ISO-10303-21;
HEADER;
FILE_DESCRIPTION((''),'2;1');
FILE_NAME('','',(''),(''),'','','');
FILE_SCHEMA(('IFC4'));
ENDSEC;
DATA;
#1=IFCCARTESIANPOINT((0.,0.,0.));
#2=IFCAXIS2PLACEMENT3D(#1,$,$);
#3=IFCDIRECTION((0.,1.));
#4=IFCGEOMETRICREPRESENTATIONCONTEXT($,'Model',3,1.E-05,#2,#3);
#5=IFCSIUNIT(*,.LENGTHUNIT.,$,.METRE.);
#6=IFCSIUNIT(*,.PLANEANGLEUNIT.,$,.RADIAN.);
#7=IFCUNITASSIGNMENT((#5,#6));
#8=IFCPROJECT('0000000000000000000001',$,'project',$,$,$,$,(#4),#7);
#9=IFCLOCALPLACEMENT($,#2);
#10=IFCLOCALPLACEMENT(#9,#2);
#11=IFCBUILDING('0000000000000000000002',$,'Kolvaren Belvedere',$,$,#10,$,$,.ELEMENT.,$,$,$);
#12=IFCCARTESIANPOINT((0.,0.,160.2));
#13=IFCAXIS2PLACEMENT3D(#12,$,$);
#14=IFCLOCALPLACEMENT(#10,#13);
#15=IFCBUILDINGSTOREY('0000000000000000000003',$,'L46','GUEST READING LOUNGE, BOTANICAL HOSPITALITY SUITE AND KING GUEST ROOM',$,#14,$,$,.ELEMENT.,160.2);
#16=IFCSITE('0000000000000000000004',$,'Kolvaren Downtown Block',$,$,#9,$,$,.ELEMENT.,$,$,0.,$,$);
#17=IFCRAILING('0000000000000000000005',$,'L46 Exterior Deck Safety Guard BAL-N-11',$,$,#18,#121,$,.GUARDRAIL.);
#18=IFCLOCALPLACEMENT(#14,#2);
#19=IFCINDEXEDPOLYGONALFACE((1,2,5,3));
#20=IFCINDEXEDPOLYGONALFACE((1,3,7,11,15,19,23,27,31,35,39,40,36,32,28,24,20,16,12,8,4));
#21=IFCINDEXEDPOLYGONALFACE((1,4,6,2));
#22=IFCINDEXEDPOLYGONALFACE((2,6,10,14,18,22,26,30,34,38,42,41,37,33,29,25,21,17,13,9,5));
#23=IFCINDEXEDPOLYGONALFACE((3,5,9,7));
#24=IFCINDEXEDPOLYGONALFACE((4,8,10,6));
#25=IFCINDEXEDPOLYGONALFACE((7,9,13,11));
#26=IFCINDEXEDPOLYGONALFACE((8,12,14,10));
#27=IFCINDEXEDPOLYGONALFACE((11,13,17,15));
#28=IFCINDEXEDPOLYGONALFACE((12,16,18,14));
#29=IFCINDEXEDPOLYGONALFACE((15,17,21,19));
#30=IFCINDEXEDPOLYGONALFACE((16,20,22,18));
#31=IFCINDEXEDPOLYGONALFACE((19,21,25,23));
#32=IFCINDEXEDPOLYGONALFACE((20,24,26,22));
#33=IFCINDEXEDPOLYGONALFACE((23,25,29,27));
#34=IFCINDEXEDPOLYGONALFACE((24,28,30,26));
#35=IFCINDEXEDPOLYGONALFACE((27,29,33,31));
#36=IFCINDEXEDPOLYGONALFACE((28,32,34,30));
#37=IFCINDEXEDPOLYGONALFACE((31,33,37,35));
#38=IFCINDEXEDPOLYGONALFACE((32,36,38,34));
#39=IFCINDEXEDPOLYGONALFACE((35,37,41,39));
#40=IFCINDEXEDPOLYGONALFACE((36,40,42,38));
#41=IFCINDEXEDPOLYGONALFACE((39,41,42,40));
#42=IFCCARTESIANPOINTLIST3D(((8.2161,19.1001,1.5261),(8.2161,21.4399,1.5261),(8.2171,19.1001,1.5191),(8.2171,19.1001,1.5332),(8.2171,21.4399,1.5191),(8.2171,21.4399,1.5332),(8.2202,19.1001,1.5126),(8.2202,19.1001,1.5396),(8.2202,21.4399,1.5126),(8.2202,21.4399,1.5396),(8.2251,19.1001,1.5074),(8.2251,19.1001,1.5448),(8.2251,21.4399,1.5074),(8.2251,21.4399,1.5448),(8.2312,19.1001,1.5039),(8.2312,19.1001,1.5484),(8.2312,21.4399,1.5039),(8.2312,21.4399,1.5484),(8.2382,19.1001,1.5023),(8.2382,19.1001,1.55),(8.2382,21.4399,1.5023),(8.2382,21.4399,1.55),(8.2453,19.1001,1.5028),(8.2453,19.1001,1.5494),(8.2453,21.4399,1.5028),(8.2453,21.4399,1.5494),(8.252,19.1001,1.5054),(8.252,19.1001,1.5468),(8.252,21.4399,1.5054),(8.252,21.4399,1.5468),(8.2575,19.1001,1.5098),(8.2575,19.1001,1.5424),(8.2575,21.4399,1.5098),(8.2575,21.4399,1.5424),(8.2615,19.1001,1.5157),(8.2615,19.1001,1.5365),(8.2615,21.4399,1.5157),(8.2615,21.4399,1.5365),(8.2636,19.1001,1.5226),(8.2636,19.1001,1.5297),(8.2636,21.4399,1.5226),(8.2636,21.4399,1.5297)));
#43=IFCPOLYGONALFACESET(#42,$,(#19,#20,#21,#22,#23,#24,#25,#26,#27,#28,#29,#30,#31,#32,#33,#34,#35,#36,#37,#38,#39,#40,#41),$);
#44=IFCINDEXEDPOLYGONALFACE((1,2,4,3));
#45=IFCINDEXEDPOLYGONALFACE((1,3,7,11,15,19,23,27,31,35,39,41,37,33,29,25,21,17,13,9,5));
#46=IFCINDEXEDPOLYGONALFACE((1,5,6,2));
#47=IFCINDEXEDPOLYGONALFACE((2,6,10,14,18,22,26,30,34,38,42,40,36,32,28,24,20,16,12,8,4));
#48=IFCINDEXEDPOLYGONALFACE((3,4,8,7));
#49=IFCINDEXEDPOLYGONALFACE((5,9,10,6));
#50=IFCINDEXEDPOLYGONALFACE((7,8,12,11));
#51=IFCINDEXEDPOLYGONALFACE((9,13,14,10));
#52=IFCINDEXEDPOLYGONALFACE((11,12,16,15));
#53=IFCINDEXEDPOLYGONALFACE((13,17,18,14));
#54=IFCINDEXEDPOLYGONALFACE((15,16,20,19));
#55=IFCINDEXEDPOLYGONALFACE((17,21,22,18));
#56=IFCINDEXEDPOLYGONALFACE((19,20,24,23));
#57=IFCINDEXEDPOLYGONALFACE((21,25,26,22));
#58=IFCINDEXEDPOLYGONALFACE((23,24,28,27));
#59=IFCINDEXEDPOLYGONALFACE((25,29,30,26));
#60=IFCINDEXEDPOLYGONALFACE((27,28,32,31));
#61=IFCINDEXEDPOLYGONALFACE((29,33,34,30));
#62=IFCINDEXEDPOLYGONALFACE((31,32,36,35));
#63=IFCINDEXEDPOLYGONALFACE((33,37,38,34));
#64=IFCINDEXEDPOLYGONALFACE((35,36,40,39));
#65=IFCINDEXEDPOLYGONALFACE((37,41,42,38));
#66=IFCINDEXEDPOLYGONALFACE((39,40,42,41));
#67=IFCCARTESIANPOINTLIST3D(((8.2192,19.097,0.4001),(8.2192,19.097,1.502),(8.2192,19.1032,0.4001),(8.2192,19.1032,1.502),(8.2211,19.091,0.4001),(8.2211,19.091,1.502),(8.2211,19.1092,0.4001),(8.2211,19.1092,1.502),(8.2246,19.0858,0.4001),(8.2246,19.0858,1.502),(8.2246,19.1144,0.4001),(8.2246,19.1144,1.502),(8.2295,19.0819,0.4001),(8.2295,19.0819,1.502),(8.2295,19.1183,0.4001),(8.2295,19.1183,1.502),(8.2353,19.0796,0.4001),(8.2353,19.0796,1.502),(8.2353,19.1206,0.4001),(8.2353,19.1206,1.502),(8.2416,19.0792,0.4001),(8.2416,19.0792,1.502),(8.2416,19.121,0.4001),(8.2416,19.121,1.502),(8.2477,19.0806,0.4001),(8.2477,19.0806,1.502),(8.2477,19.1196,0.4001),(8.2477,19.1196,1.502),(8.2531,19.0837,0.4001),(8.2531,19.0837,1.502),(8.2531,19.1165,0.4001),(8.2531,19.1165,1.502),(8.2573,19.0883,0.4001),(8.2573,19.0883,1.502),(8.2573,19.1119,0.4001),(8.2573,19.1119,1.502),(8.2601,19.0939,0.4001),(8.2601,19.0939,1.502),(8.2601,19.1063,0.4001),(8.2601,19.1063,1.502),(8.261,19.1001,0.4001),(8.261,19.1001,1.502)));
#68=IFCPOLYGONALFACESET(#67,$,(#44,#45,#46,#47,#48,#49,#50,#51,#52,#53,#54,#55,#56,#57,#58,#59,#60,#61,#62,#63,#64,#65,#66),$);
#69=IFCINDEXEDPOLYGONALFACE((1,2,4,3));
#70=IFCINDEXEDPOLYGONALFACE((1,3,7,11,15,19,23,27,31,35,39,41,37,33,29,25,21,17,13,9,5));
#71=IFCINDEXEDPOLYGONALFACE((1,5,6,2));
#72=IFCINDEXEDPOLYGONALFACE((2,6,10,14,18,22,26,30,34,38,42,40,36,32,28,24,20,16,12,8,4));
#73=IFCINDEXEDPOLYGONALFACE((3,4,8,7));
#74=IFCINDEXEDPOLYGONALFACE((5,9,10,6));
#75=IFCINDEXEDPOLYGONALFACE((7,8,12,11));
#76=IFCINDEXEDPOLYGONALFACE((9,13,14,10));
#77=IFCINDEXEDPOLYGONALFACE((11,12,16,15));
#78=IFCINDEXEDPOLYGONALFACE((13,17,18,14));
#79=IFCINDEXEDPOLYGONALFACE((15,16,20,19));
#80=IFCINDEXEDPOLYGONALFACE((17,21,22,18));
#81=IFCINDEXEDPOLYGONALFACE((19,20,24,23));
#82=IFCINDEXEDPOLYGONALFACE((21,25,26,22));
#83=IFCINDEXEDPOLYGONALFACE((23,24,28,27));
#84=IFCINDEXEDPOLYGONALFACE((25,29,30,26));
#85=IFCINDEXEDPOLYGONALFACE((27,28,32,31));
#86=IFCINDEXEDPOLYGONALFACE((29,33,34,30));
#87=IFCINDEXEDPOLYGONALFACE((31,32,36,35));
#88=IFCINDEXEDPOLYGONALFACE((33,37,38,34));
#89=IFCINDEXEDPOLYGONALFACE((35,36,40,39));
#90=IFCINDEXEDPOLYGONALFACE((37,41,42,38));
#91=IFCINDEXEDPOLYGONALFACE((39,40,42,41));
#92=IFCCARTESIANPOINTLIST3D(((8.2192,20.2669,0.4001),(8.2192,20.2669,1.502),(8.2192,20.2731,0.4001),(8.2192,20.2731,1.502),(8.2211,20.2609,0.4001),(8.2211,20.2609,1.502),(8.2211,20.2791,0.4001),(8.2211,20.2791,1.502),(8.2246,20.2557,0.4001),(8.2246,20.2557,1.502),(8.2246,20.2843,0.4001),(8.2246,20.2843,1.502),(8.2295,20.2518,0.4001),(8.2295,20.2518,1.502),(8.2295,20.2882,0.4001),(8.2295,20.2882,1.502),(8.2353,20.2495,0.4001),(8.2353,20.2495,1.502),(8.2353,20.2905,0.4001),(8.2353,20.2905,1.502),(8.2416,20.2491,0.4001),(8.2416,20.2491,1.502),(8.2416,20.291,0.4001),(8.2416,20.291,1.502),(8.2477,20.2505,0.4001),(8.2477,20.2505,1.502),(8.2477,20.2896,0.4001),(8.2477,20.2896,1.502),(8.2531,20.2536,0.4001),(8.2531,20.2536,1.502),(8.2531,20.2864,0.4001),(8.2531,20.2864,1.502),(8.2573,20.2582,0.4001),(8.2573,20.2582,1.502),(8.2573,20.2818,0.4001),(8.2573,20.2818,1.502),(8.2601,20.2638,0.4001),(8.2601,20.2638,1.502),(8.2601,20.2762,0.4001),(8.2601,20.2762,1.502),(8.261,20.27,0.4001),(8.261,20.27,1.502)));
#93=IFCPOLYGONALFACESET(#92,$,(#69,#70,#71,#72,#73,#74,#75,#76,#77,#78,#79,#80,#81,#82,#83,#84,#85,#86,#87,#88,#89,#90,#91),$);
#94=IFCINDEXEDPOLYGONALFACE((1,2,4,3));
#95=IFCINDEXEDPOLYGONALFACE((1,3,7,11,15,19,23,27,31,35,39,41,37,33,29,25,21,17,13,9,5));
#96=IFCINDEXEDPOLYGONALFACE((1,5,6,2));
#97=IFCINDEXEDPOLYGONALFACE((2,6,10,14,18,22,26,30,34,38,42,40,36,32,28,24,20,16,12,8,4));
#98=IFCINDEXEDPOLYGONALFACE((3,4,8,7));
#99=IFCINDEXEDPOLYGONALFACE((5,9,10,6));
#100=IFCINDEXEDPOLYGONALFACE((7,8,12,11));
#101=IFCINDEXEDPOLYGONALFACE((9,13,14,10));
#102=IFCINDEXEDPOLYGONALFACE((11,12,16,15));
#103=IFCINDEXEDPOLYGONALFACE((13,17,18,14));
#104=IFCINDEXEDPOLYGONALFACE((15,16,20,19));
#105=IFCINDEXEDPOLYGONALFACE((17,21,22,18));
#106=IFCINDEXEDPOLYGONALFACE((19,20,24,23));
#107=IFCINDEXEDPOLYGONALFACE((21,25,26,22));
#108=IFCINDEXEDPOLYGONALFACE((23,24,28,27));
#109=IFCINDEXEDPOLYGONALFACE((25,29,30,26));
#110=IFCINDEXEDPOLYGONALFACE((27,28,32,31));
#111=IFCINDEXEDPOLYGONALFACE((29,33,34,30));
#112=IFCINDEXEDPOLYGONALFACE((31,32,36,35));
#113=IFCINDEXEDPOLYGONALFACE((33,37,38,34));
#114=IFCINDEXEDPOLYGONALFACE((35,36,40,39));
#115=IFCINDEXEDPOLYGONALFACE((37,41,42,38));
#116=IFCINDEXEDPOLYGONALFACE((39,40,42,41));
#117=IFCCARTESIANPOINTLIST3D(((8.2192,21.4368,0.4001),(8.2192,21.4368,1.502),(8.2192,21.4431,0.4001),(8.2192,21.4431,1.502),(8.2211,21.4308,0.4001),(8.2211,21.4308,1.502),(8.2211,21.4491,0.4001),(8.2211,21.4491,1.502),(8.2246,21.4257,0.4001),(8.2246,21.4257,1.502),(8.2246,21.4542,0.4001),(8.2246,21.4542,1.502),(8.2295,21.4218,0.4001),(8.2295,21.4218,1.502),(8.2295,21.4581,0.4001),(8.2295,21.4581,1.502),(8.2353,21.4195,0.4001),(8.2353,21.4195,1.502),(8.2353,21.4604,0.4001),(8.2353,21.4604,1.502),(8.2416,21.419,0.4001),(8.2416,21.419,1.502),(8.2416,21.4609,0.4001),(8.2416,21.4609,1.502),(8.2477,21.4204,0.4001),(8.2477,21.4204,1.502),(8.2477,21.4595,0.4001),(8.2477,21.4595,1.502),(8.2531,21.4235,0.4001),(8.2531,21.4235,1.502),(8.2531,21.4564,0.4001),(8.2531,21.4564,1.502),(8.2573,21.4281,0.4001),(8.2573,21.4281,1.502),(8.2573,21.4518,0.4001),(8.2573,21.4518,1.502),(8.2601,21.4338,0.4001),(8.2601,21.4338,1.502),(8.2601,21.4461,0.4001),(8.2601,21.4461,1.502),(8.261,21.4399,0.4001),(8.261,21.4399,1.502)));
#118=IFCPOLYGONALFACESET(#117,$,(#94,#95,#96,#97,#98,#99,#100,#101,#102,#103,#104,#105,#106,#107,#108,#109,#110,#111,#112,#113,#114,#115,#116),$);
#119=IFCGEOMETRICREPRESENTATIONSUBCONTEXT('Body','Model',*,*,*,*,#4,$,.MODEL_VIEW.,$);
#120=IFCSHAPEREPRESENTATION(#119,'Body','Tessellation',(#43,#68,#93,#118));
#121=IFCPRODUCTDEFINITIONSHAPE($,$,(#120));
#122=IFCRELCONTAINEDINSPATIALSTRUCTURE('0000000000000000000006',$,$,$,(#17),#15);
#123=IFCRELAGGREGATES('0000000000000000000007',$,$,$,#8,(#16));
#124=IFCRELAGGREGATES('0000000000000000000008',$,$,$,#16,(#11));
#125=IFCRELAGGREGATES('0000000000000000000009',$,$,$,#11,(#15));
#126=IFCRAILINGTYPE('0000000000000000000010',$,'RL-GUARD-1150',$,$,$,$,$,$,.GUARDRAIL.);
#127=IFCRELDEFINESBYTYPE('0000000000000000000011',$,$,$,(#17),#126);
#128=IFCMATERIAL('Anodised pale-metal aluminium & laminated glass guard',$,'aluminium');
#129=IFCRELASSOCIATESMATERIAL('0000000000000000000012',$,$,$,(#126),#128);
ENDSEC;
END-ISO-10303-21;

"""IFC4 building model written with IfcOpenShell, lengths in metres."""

from ifc_helpers import new_model, si_unit, direction, frame, origin, origin_2d, place, context, subcontext, project, spatial, circle, extrude, material, type_object, element, save


model = new_model("IFC4")

# Units and contexts
model_context = context("Model", 3, precision=1e-05, world=origin(), true_north=direction((0.0, 1.0)))
body_context = subcontext(model_context, "Body", "Model", "MODEL_VIEW")
ifc_project = project(units=[si_unit("LENGTHUNIT", "METRE"), si_unit("PLANEANGLEUNIT", "RADIAN")], contexts=[model_context])

# Site, building, storey
site_placement = place(None, origin())
site = spatial("IfcSite", under=ifc_project, at=site_placement, Name="Kolvaren Downtown Block", CompositionType="ELEMENT", RefElevation=0.0)
building_placement = place(site_placement, origin())
building = spatial("IfcBuilding", under=site, at=building_placement, Name="Kolvaren Belvedere", CompositionType="ELEMENT")
storey_placement = place(building_placement, frame((0.0, 0.0, 160.2)))
storey = spatial("IfcBuildingStorey", under=building, at=storey_placement, Name="L46", Description="GUEST READING LOUNGE, BOTANICAL HOSPITALITY SUITE AND KING GUEST ROOM", CompositionType="ELEMENT", Elevation=160.2)

# Railing
ifc_material_1 = material(Name="Anodised pale-metal aluminium & laminated glass guard", Category="aluminium")
railing_type = type_object("IfcRailingType", Name="RL-GUARD-1150", PredefinedType="GUARDRAIL", material=ifc_material_1)
railing_1_placement = place(storey_placement, frame((8.24, 19.1001, 0.4001)))
element("IfcRailing", 1, at=railing_1_placement, inside=storey, type_object=railing_type, Name="L46 Exterior Deck Safety Guard BAL-N-11", PredefinedType="GUARDRAIL", context=body_context, shape_type="SweptSolid", body=[
    extrude(circle(Radius=0.0239, at=origin_2d()), frame((0.0, 0.0, 1.126), z_axis=(0.0, 1.0, 0.0), x_axis=(-1.0, 0.0, 0.0)), (0.0, 0.0, 1.0), 2.3398),
    extrude(circle(Radius=0.021, at=origin_2d()), origin(), (0.0, 0.0, 1.0), 1.1018),
    extrude(circle(Radius=0.021, at=origin_2d()), frame((0.0, 1.1699, 0.0)), (0.0, 0.0, 1.0), 1.1018),
    extrude(circle(Radius=0.021, at=origin_2d()), frame((0.0, 2.3398, 0.0)), (0.0, 0.0, 1.0), 1.1018),
])

save(model, "model.ifc")
